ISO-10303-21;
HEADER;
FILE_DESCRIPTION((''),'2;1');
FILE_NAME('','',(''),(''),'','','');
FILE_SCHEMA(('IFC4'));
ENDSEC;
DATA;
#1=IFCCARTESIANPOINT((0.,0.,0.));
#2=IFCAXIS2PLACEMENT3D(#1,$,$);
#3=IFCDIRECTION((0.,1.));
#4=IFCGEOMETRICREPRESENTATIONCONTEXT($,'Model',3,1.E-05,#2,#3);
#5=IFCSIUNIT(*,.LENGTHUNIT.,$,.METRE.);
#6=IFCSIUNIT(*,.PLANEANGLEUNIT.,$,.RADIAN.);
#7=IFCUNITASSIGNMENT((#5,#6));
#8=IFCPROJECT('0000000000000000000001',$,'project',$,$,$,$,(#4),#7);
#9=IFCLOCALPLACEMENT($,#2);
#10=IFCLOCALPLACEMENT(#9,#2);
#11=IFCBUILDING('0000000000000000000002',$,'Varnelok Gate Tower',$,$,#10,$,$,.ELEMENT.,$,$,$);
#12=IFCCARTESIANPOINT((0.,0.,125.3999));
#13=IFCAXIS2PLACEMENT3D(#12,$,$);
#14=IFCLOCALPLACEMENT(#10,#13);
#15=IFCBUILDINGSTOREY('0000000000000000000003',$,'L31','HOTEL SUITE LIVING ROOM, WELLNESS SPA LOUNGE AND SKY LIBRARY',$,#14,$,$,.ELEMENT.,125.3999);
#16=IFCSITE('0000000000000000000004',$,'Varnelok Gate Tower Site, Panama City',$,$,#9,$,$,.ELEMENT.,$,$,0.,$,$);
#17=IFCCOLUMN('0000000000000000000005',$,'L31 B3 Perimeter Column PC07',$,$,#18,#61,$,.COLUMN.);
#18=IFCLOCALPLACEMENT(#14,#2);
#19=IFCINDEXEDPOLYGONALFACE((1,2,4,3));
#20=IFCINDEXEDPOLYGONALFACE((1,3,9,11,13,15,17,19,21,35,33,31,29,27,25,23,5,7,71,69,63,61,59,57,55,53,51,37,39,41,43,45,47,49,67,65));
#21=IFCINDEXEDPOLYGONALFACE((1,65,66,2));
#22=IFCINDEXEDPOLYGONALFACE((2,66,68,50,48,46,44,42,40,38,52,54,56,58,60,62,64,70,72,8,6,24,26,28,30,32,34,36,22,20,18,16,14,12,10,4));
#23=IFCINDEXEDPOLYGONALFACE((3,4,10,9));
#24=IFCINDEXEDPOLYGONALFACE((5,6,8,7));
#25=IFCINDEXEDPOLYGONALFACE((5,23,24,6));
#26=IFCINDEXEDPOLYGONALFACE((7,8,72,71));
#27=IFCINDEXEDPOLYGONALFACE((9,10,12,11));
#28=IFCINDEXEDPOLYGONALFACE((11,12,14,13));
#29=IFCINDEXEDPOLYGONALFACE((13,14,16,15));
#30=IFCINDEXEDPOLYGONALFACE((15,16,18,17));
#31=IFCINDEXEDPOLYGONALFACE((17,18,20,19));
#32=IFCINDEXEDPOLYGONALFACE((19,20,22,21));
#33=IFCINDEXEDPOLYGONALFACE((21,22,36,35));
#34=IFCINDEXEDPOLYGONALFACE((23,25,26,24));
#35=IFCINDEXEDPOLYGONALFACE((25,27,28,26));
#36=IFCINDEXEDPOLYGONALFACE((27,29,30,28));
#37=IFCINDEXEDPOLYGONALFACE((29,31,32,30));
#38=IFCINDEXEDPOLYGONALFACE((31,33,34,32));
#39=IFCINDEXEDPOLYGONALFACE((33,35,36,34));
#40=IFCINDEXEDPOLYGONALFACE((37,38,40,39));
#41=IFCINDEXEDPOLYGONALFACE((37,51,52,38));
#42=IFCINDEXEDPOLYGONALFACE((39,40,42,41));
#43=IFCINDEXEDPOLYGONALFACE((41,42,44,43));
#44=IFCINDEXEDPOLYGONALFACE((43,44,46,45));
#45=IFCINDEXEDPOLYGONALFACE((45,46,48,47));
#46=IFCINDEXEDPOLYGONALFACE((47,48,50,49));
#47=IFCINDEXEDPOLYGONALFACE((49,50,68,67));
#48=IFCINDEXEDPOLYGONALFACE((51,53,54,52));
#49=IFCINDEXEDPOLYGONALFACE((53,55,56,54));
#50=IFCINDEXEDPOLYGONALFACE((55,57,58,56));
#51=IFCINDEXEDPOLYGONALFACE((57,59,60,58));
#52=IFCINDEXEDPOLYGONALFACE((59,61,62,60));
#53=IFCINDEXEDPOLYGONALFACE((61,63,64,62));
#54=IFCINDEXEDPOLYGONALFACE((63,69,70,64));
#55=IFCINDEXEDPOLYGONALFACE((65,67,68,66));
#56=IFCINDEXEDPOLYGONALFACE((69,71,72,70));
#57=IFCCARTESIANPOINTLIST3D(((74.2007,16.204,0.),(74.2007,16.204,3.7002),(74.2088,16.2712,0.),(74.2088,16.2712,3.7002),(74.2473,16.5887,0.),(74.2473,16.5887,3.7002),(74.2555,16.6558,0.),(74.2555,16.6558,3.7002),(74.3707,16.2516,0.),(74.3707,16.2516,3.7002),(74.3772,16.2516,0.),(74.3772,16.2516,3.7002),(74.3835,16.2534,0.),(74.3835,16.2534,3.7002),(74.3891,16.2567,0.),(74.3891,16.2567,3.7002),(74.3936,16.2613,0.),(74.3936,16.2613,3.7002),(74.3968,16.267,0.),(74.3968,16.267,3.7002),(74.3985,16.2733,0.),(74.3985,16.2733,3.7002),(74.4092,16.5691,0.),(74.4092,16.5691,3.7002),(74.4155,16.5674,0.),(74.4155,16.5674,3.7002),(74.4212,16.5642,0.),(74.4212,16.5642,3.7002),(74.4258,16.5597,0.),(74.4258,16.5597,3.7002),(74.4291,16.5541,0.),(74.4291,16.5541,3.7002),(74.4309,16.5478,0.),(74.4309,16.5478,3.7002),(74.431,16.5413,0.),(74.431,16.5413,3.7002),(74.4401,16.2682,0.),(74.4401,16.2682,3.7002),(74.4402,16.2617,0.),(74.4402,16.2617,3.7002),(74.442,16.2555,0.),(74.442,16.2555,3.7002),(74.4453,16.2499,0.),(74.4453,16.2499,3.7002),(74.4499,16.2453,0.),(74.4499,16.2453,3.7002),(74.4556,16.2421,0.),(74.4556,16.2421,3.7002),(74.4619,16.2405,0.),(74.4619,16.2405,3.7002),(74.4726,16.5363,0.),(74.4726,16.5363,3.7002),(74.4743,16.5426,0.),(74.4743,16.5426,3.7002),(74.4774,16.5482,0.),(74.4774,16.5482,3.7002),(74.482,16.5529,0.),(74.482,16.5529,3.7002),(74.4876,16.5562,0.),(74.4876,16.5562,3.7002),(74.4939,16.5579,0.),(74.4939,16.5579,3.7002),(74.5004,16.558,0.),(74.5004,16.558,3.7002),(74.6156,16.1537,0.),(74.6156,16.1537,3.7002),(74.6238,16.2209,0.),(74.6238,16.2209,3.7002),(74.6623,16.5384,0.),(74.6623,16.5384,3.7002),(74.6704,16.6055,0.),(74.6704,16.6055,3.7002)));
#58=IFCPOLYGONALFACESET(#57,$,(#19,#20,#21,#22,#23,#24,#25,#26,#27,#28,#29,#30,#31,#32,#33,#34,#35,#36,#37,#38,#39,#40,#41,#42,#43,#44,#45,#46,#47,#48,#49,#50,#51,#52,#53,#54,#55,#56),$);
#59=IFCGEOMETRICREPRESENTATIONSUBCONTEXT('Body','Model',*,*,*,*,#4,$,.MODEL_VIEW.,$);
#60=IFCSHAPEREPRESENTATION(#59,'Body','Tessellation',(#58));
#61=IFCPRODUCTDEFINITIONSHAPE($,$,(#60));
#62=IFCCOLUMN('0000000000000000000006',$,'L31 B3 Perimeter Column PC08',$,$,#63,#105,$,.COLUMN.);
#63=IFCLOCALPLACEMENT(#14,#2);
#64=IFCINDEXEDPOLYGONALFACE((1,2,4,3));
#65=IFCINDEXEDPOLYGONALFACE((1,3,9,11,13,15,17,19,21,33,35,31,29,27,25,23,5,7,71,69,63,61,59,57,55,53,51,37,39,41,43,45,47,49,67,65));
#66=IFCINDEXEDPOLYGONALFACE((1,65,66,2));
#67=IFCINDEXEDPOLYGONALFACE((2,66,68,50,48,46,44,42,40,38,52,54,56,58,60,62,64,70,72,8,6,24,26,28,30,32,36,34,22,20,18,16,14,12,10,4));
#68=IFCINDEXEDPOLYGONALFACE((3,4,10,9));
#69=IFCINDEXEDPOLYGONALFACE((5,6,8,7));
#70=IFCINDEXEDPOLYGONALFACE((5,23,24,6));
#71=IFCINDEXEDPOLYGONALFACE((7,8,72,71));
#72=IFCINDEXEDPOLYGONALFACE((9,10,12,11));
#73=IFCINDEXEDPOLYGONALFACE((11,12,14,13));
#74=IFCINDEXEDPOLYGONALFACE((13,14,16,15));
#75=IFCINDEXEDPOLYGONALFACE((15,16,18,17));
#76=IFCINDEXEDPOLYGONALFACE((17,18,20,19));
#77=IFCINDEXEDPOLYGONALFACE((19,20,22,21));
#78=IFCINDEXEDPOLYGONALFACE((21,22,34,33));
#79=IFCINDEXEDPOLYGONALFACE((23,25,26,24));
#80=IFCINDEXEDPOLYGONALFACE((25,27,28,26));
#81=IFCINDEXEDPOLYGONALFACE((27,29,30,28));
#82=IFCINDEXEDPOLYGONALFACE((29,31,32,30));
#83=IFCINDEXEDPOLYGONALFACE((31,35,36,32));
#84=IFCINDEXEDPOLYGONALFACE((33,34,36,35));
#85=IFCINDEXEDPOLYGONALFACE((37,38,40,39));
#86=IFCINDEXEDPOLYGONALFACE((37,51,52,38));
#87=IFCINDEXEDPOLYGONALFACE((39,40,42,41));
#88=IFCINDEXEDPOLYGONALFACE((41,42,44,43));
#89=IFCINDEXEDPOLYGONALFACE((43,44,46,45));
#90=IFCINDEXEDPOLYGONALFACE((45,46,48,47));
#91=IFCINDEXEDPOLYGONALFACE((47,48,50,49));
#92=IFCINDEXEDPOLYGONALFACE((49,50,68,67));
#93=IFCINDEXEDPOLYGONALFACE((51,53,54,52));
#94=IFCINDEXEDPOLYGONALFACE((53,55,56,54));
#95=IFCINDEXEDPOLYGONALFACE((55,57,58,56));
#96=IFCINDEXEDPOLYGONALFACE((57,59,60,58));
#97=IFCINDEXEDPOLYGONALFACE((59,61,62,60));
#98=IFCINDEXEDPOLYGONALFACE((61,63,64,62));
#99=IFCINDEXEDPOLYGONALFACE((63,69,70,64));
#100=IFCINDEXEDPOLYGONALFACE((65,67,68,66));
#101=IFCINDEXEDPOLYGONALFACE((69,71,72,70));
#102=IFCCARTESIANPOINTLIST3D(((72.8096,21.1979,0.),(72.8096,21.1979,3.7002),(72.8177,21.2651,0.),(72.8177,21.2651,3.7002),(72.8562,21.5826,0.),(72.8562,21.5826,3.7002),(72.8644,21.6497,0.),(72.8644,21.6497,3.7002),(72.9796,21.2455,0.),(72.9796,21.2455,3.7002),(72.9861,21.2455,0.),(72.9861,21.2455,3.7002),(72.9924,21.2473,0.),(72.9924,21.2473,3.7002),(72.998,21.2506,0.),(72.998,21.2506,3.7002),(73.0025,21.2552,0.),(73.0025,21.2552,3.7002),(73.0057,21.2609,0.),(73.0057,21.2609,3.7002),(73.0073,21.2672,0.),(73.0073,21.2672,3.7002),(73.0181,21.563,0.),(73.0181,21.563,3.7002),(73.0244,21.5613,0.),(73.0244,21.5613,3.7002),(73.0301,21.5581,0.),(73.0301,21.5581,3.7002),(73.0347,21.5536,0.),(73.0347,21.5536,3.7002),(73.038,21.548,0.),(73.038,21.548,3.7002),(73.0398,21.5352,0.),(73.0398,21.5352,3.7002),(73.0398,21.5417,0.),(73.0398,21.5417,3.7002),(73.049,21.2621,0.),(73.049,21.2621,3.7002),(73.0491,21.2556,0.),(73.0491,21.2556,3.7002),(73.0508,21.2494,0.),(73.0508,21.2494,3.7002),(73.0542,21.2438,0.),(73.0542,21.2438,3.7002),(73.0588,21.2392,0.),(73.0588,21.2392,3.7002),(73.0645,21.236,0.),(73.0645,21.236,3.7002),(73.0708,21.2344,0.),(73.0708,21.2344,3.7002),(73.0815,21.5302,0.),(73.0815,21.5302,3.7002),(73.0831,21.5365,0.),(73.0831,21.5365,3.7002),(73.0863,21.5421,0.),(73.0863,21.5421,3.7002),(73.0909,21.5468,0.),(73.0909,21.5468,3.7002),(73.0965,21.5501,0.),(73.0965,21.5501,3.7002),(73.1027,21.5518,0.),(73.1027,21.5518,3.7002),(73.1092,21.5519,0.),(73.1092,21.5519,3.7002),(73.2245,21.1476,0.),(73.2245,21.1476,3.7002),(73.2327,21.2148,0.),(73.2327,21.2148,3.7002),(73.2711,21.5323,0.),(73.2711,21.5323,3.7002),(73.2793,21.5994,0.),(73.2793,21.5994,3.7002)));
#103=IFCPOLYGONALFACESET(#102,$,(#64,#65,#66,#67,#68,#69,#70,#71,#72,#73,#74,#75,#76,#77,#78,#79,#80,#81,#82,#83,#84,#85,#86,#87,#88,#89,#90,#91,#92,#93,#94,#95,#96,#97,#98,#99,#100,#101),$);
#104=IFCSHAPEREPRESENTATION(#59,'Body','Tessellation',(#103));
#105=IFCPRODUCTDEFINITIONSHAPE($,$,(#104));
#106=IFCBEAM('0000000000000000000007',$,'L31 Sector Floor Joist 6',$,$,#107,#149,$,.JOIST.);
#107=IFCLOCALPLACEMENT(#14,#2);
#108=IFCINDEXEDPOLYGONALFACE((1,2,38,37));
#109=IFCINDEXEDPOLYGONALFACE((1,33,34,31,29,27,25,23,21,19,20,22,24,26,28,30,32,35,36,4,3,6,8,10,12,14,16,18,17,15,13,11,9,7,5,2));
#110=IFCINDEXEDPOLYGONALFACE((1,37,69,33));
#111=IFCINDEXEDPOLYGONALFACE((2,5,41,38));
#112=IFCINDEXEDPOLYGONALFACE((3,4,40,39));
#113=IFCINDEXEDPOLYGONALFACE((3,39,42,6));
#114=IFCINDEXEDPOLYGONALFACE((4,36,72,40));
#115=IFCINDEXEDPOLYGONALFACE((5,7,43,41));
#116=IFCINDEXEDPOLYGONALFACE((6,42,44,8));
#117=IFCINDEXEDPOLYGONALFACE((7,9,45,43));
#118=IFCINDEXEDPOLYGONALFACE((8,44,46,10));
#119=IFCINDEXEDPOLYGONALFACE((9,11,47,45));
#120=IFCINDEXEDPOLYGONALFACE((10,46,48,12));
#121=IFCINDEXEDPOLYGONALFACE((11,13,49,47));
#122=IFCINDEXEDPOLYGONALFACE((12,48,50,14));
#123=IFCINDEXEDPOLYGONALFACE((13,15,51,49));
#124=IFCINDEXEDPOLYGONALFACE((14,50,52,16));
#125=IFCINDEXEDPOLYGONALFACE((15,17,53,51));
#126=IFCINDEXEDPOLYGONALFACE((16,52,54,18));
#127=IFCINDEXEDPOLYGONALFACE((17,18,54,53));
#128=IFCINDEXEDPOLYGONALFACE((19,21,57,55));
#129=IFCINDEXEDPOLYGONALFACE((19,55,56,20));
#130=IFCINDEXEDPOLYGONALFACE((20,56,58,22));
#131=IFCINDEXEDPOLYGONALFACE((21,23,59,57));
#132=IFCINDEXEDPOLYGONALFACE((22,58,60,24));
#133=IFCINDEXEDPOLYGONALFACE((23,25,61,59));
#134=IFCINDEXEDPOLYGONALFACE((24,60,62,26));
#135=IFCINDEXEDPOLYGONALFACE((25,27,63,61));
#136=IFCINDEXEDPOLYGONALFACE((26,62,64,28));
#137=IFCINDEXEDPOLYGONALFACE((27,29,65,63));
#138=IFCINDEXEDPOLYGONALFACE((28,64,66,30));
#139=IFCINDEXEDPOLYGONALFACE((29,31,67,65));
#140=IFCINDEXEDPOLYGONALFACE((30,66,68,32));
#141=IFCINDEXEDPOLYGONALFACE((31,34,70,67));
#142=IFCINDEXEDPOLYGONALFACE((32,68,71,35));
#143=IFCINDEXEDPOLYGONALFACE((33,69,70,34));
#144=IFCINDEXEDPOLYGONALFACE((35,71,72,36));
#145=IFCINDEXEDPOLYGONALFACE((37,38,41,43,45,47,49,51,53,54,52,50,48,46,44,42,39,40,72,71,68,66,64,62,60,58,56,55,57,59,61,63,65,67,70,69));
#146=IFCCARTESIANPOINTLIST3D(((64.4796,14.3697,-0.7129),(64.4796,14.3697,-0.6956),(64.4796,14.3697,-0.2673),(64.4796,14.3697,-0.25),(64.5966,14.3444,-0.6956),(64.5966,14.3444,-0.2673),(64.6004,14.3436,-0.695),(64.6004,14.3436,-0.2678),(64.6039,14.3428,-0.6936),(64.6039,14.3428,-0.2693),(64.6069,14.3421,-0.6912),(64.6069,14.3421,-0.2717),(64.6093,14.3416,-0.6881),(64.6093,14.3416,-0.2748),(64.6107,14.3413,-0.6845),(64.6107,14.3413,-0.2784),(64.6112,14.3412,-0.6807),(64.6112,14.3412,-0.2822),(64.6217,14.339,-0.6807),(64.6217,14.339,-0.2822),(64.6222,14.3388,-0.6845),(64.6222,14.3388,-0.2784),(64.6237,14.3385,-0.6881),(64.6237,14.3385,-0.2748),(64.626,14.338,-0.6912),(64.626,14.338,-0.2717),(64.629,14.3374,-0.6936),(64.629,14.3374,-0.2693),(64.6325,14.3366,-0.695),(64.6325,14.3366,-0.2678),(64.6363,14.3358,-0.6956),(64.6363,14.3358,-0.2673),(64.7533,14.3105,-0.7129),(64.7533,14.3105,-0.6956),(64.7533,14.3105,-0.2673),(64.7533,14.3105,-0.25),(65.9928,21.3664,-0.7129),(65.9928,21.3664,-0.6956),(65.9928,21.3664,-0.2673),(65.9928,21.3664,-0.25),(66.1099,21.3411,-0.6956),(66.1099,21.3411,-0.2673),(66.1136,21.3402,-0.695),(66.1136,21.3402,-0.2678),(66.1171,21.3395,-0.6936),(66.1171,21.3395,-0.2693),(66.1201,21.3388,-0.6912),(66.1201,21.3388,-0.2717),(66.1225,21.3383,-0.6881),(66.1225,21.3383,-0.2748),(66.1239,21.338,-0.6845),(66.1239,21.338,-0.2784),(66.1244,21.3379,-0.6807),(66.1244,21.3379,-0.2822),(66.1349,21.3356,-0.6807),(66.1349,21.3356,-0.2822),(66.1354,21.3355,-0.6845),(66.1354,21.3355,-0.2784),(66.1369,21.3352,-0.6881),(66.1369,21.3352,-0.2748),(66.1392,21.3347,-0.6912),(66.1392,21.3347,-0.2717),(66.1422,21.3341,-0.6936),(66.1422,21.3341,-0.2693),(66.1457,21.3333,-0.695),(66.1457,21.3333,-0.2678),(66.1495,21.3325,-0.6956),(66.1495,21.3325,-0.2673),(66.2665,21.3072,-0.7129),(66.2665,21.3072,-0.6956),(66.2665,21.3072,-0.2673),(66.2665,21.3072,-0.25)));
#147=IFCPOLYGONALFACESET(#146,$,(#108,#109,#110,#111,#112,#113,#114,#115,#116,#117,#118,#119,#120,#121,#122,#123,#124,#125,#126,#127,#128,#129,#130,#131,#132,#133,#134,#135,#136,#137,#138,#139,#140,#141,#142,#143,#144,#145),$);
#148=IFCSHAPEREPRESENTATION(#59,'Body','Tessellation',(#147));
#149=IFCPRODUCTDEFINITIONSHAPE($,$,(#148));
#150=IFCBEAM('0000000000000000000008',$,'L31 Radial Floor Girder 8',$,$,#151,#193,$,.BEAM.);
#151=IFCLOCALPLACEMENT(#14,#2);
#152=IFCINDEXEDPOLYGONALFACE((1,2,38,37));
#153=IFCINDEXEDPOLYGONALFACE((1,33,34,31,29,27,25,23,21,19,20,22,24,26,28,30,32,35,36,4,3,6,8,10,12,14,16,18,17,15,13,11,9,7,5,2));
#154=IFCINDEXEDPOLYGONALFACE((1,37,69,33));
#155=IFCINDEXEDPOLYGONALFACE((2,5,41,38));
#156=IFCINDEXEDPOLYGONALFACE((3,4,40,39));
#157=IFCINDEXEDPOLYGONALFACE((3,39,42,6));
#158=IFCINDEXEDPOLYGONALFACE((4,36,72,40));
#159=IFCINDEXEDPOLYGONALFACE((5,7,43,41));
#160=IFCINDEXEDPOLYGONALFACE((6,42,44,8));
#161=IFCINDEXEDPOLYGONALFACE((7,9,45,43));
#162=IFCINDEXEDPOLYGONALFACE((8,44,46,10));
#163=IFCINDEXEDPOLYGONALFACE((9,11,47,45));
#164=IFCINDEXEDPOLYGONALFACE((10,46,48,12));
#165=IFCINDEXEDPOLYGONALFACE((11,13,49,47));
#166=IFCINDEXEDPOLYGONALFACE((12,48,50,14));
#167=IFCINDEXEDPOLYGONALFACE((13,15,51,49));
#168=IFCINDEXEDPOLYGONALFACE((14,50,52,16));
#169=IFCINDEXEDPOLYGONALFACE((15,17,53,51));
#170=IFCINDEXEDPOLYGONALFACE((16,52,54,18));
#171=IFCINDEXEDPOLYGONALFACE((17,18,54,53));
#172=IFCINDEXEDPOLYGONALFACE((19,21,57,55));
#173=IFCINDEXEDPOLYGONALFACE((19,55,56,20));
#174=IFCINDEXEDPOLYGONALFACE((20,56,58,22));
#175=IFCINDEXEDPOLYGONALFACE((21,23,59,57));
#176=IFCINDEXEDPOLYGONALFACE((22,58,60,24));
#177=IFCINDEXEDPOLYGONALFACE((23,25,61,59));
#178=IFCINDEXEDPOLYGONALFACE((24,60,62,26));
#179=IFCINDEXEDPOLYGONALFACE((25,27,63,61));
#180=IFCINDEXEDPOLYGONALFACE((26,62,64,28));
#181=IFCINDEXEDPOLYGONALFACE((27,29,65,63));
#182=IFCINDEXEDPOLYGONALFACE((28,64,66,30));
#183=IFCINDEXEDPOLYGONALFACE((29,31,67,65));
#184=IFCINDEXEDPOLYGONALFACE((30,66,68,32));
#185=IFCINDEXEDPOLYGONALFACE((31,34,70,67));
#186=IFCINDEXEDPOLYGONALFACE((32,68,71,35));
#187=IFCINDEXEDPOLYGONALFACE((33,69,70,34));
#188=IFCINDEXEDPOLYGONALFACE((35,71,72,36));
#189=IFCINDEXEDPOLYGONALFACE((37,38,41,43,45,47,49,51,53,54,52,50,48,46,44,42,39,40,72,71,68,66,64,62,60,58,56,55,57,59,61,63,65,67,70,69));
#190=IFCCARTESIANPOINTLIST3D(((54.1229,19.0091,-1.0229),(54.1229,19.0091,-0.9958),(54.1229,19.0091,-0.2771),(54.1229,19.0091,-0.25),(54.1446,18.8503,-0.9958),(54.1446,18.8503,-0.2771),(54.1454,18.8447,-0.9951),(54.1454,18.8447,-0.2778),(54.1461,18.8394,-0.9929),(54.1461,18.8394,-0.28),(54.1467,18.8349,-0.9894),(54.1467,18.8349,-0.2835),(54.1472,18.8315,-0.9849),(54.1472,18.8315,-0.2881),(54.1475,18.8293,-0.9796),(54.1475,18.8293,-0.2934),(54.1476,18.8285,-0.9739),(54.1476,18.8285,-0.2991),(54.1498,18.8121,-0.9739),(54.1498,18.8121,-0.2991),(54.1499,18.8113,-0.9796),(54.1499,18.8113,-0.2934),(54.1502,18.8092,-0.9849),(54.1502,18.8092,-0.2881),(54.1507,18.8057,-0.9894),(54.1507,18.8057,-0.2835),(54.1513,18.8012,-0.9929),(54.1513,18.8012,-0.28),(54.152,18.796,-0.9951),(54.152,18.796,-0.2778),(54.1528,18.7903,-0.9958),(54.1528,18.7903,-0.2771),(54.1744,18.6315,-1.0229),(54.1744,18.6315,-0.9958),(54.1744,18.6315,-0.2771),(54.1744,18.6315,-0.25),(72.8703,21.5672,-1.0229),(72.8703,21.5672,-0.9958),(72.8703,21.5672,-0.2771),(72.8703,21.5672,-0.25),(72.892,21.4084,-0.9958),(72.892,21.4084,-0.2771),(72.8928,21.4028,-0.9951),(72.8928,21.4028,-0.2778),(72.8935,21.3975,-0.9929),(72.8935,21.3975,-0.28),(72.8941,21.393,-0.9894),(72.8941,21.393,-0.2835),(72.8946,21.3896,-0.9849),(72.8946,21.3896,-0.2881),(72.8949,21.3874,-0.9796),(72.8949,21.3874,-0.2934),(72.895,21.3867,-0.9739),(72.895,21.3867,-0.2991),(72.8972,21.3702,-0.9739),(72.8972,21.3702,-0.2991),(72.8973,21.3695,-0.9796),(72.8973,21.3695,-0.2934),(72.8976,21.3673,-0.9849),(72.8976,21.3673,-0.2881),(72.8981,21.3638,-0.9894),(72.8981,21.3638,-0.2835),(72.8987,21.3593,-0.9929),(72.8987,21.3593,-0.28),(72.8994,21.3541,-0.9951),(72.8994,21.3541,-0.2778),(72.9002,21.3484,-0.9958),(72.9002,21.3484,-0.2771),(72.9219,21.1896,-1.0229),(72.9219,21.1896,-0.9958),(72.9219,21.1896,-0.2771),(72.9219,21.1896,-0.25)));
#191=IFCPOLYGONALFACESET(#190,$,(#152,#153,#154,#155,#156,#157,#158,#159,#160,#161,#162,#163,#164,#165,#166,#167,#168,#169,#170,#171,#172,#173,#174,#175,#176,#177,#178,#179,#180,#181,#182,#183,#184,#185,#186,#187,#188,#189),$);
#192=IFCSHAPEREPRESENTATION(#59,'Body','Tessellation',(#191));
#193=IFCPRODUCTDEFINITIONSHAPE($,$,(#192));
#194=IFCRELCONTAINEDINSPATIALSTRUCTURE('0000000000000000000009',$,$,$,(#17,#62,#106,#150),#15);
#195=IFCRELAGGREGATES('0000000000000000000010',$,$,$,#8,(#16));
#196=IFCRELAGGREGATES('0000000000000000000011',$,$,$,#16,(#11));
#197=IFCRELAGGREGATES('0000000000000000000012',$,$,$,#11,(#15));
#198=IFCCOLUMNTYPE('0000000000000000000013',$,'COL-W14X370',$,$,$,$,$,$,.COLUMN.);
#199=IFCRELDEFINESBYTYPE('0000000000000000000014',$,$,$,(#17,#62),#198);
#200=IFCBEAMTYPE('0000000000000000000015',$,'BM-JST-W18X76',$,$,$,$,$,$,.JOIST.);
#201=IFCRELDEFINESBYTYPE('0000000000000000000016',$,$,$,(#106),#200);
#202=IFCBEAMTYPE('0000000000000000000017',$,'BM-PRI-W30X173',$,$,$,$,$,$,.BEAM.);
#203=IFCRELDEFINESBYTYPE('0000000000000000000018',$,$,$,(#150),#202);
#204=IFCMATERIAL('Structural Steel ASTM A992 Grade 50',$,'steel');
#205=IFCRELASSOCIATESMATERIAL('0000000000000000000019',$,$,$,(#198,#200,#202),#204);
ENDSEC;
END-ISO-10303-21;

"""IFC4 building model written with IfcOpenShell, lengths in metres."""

from ifc_helpers import new_model, si_unit, direction, frame, origin, origin_2d, place, context, subcontext, project, spatial, i_section, extrude, material, material_profile, profile_set, type_object, element, save


model = new_model("IFC4")

# Units and contexts
model_context = context("Model", 3, precision=1e-05, world=origin(), true_north=direction((0.0, 1.0)))
body_context = subcontext(model_context, "Body", "Model", "MODEL_VIEW")
ifc_project = project(units=[si_unit("LENGTHUNIT", "METRE"), si_unit("PLANEANGLEUNIT", "RADIAN")], contexts=[model_context])

# Site, building, storey
site_placement = place(None, origin())
site = spatial("IfcSite", under=ifc_project, at=site_placement, Name="Varnelok Gate Tower Site, Panama City", CompositionType="ELEMENT", RefElevation=0.0)
building_placement = place(site_placement, origin())
building = spatial("IfcBuilding", under=site, at=building_placement, Name="Varnelok Gate Tower", CompositionType="ELEMENT")
storey_placement = place(building_placement, frame((0.0, 0.0, 125.3999)))
storey = spatial("IfcBuildingStorey", under=building, at=storey_placement, Name="L31", Description="HOTEL SUITE LIVING ROOM, WELLNESS SPA LOUNGE AND SKY LIBRARY", CompositionType="ELEMENT", Elevation=125.3999)

# Columns
ifc_material_1 = material(Name="Structural Steel ASTM A992 Grade 50", Category="steel")
ifc_material_profile_1 = material_profile(ifc_material_1, i_section(OverallWidth=0.418, OverallDepth=0.4551, WebThickness=0.042, FlangeThickness=0.0676, FilletRadius=0.0249, at=origin_2d()), Name="W14X370")
ifc_profile_set_1 = profile_set([ifc_material_profile_1], Name="Structural Steel ASTM A992 Grade 50")
column_type = type_object("IfcColumnType", Name="COL-W14X370", PredefinedType="COLUMN", material=ifc_profile_set_1)
for number, where, z_axis, x_axis, name in (
    (1, (74.4355, 16.4048, 0.0), (0.0, 0.0, 1.0), (0.992732, -0.120345, 0.0), "L31 B3 Perimeter Column PC07"),
    (2, (73.0444, 21.3987, 0.0), (0.0, 0.0, 1.0), (0.992732, -0.120345, 0.0), "L31 B3 Perimeter Column PC08"),
):
    element("IfcColumn", number, at=place(storey_placement, frame(where, z_axis=z_axis, x_axis=x_axis)), inside=storey, type_object=column_type, Name=name, PredefinedType="COLUMN", context=body_context, shape_type="SweptSolid", body=[
        extrude(i_section(OverallWidth=0.418, OverallDepth=0.4551, WebThickness=0.042, FlangeThickness=0.0676, FilletRadius=0.0249, at=origin_2d()), origin(), (0.0, 0.0, 1.0), 3.7002),
    ])

# Beams
ifc_material_profile_2 = material_profile(ifc_material_1, i_section(OverallWidth=0.28, OverallDepth=0.4629, WebThickness=0.0107, FlangeThickness=0.0173, FilletRadius=0.0149, at=origin_2d()), Name="W18X76")
ifc_profile_set_2 = profile_set([ifc_material_profile_2], Name="Structural Steel ASTM A992 Grade 50")
beam_type_1 = type_object("IfcBeamType", Name="BM-JST-W18X76", PredefinedType="JOIST", material=ifc_profile_set_2)
beam_1_placement = place(storey_placement, frame((64.6165, 14.3401, -0.4814), z_axis=(0.211387, 0.977402, 0.0), x_axis=(-0.977402, 0.211387, 0.0)))
element("IfcBeam", 3, at=beam_1_placement, inside=storey, type_object=beam_type_1, Name="L31 Sector Floor Joist 6", PredefinedType="JOIST", context=body_context, shape_type="SweptSolid", body=[
    extrude(i_section(OverallWidth=0.28, OverallDepth=0.4629, WebThickness=0.0107, FlangeThickness=0.0173, FilletRadius=0.0149, at=origin_2d()), origin(), (0.0, 0.0, 1.0), 7.1584),
])
ifc_material_profile_3 = material_profile(ifc_material_1, i_section(OverallWidth=0.3811, OverallDepth=0.7729, WebThickness=0.0166, FlangeThickness=0.0271, FilletRadius=0.022, at=origin_2d()), Name="W30X173")
ifc_profile_set_3 = profile_set([ifc_material_profile_3], Name="Structural Steel ASTM A992 Grade 50")
beam_type_2 = type_object("IfcBeamType", Name="BM-PRI-W30X173", PredefinedType="BEAM", material=ifc_profile_set_3)
beam_2_placement = place(storey_placement, frame((54.1487, 18.8203, -0.6365), z_axis=(0.990818, 0.135199, 0.0), x_axis=(-0.135199, 0.990818, 0.0)))
element("IfcBeam", 4, at=beam_2_placement, inside=storey, type_object=beam_type_2, Name="L31 Radial Floor Girder 8", PredefinedType="BEAM", context=body_context, shape_type="SweptSolid", body=[
    extrude(i_section(OverallWidth=0.3811, OverallDepth=0.7729, WebThickness=0.0166, FlangeThickness=0.0271, FilletRadius=0.022, at=origin_2d()), origin(), (0.0, 0.0, 1.0), 18.9211),
])

save(model, "model.ifc")
